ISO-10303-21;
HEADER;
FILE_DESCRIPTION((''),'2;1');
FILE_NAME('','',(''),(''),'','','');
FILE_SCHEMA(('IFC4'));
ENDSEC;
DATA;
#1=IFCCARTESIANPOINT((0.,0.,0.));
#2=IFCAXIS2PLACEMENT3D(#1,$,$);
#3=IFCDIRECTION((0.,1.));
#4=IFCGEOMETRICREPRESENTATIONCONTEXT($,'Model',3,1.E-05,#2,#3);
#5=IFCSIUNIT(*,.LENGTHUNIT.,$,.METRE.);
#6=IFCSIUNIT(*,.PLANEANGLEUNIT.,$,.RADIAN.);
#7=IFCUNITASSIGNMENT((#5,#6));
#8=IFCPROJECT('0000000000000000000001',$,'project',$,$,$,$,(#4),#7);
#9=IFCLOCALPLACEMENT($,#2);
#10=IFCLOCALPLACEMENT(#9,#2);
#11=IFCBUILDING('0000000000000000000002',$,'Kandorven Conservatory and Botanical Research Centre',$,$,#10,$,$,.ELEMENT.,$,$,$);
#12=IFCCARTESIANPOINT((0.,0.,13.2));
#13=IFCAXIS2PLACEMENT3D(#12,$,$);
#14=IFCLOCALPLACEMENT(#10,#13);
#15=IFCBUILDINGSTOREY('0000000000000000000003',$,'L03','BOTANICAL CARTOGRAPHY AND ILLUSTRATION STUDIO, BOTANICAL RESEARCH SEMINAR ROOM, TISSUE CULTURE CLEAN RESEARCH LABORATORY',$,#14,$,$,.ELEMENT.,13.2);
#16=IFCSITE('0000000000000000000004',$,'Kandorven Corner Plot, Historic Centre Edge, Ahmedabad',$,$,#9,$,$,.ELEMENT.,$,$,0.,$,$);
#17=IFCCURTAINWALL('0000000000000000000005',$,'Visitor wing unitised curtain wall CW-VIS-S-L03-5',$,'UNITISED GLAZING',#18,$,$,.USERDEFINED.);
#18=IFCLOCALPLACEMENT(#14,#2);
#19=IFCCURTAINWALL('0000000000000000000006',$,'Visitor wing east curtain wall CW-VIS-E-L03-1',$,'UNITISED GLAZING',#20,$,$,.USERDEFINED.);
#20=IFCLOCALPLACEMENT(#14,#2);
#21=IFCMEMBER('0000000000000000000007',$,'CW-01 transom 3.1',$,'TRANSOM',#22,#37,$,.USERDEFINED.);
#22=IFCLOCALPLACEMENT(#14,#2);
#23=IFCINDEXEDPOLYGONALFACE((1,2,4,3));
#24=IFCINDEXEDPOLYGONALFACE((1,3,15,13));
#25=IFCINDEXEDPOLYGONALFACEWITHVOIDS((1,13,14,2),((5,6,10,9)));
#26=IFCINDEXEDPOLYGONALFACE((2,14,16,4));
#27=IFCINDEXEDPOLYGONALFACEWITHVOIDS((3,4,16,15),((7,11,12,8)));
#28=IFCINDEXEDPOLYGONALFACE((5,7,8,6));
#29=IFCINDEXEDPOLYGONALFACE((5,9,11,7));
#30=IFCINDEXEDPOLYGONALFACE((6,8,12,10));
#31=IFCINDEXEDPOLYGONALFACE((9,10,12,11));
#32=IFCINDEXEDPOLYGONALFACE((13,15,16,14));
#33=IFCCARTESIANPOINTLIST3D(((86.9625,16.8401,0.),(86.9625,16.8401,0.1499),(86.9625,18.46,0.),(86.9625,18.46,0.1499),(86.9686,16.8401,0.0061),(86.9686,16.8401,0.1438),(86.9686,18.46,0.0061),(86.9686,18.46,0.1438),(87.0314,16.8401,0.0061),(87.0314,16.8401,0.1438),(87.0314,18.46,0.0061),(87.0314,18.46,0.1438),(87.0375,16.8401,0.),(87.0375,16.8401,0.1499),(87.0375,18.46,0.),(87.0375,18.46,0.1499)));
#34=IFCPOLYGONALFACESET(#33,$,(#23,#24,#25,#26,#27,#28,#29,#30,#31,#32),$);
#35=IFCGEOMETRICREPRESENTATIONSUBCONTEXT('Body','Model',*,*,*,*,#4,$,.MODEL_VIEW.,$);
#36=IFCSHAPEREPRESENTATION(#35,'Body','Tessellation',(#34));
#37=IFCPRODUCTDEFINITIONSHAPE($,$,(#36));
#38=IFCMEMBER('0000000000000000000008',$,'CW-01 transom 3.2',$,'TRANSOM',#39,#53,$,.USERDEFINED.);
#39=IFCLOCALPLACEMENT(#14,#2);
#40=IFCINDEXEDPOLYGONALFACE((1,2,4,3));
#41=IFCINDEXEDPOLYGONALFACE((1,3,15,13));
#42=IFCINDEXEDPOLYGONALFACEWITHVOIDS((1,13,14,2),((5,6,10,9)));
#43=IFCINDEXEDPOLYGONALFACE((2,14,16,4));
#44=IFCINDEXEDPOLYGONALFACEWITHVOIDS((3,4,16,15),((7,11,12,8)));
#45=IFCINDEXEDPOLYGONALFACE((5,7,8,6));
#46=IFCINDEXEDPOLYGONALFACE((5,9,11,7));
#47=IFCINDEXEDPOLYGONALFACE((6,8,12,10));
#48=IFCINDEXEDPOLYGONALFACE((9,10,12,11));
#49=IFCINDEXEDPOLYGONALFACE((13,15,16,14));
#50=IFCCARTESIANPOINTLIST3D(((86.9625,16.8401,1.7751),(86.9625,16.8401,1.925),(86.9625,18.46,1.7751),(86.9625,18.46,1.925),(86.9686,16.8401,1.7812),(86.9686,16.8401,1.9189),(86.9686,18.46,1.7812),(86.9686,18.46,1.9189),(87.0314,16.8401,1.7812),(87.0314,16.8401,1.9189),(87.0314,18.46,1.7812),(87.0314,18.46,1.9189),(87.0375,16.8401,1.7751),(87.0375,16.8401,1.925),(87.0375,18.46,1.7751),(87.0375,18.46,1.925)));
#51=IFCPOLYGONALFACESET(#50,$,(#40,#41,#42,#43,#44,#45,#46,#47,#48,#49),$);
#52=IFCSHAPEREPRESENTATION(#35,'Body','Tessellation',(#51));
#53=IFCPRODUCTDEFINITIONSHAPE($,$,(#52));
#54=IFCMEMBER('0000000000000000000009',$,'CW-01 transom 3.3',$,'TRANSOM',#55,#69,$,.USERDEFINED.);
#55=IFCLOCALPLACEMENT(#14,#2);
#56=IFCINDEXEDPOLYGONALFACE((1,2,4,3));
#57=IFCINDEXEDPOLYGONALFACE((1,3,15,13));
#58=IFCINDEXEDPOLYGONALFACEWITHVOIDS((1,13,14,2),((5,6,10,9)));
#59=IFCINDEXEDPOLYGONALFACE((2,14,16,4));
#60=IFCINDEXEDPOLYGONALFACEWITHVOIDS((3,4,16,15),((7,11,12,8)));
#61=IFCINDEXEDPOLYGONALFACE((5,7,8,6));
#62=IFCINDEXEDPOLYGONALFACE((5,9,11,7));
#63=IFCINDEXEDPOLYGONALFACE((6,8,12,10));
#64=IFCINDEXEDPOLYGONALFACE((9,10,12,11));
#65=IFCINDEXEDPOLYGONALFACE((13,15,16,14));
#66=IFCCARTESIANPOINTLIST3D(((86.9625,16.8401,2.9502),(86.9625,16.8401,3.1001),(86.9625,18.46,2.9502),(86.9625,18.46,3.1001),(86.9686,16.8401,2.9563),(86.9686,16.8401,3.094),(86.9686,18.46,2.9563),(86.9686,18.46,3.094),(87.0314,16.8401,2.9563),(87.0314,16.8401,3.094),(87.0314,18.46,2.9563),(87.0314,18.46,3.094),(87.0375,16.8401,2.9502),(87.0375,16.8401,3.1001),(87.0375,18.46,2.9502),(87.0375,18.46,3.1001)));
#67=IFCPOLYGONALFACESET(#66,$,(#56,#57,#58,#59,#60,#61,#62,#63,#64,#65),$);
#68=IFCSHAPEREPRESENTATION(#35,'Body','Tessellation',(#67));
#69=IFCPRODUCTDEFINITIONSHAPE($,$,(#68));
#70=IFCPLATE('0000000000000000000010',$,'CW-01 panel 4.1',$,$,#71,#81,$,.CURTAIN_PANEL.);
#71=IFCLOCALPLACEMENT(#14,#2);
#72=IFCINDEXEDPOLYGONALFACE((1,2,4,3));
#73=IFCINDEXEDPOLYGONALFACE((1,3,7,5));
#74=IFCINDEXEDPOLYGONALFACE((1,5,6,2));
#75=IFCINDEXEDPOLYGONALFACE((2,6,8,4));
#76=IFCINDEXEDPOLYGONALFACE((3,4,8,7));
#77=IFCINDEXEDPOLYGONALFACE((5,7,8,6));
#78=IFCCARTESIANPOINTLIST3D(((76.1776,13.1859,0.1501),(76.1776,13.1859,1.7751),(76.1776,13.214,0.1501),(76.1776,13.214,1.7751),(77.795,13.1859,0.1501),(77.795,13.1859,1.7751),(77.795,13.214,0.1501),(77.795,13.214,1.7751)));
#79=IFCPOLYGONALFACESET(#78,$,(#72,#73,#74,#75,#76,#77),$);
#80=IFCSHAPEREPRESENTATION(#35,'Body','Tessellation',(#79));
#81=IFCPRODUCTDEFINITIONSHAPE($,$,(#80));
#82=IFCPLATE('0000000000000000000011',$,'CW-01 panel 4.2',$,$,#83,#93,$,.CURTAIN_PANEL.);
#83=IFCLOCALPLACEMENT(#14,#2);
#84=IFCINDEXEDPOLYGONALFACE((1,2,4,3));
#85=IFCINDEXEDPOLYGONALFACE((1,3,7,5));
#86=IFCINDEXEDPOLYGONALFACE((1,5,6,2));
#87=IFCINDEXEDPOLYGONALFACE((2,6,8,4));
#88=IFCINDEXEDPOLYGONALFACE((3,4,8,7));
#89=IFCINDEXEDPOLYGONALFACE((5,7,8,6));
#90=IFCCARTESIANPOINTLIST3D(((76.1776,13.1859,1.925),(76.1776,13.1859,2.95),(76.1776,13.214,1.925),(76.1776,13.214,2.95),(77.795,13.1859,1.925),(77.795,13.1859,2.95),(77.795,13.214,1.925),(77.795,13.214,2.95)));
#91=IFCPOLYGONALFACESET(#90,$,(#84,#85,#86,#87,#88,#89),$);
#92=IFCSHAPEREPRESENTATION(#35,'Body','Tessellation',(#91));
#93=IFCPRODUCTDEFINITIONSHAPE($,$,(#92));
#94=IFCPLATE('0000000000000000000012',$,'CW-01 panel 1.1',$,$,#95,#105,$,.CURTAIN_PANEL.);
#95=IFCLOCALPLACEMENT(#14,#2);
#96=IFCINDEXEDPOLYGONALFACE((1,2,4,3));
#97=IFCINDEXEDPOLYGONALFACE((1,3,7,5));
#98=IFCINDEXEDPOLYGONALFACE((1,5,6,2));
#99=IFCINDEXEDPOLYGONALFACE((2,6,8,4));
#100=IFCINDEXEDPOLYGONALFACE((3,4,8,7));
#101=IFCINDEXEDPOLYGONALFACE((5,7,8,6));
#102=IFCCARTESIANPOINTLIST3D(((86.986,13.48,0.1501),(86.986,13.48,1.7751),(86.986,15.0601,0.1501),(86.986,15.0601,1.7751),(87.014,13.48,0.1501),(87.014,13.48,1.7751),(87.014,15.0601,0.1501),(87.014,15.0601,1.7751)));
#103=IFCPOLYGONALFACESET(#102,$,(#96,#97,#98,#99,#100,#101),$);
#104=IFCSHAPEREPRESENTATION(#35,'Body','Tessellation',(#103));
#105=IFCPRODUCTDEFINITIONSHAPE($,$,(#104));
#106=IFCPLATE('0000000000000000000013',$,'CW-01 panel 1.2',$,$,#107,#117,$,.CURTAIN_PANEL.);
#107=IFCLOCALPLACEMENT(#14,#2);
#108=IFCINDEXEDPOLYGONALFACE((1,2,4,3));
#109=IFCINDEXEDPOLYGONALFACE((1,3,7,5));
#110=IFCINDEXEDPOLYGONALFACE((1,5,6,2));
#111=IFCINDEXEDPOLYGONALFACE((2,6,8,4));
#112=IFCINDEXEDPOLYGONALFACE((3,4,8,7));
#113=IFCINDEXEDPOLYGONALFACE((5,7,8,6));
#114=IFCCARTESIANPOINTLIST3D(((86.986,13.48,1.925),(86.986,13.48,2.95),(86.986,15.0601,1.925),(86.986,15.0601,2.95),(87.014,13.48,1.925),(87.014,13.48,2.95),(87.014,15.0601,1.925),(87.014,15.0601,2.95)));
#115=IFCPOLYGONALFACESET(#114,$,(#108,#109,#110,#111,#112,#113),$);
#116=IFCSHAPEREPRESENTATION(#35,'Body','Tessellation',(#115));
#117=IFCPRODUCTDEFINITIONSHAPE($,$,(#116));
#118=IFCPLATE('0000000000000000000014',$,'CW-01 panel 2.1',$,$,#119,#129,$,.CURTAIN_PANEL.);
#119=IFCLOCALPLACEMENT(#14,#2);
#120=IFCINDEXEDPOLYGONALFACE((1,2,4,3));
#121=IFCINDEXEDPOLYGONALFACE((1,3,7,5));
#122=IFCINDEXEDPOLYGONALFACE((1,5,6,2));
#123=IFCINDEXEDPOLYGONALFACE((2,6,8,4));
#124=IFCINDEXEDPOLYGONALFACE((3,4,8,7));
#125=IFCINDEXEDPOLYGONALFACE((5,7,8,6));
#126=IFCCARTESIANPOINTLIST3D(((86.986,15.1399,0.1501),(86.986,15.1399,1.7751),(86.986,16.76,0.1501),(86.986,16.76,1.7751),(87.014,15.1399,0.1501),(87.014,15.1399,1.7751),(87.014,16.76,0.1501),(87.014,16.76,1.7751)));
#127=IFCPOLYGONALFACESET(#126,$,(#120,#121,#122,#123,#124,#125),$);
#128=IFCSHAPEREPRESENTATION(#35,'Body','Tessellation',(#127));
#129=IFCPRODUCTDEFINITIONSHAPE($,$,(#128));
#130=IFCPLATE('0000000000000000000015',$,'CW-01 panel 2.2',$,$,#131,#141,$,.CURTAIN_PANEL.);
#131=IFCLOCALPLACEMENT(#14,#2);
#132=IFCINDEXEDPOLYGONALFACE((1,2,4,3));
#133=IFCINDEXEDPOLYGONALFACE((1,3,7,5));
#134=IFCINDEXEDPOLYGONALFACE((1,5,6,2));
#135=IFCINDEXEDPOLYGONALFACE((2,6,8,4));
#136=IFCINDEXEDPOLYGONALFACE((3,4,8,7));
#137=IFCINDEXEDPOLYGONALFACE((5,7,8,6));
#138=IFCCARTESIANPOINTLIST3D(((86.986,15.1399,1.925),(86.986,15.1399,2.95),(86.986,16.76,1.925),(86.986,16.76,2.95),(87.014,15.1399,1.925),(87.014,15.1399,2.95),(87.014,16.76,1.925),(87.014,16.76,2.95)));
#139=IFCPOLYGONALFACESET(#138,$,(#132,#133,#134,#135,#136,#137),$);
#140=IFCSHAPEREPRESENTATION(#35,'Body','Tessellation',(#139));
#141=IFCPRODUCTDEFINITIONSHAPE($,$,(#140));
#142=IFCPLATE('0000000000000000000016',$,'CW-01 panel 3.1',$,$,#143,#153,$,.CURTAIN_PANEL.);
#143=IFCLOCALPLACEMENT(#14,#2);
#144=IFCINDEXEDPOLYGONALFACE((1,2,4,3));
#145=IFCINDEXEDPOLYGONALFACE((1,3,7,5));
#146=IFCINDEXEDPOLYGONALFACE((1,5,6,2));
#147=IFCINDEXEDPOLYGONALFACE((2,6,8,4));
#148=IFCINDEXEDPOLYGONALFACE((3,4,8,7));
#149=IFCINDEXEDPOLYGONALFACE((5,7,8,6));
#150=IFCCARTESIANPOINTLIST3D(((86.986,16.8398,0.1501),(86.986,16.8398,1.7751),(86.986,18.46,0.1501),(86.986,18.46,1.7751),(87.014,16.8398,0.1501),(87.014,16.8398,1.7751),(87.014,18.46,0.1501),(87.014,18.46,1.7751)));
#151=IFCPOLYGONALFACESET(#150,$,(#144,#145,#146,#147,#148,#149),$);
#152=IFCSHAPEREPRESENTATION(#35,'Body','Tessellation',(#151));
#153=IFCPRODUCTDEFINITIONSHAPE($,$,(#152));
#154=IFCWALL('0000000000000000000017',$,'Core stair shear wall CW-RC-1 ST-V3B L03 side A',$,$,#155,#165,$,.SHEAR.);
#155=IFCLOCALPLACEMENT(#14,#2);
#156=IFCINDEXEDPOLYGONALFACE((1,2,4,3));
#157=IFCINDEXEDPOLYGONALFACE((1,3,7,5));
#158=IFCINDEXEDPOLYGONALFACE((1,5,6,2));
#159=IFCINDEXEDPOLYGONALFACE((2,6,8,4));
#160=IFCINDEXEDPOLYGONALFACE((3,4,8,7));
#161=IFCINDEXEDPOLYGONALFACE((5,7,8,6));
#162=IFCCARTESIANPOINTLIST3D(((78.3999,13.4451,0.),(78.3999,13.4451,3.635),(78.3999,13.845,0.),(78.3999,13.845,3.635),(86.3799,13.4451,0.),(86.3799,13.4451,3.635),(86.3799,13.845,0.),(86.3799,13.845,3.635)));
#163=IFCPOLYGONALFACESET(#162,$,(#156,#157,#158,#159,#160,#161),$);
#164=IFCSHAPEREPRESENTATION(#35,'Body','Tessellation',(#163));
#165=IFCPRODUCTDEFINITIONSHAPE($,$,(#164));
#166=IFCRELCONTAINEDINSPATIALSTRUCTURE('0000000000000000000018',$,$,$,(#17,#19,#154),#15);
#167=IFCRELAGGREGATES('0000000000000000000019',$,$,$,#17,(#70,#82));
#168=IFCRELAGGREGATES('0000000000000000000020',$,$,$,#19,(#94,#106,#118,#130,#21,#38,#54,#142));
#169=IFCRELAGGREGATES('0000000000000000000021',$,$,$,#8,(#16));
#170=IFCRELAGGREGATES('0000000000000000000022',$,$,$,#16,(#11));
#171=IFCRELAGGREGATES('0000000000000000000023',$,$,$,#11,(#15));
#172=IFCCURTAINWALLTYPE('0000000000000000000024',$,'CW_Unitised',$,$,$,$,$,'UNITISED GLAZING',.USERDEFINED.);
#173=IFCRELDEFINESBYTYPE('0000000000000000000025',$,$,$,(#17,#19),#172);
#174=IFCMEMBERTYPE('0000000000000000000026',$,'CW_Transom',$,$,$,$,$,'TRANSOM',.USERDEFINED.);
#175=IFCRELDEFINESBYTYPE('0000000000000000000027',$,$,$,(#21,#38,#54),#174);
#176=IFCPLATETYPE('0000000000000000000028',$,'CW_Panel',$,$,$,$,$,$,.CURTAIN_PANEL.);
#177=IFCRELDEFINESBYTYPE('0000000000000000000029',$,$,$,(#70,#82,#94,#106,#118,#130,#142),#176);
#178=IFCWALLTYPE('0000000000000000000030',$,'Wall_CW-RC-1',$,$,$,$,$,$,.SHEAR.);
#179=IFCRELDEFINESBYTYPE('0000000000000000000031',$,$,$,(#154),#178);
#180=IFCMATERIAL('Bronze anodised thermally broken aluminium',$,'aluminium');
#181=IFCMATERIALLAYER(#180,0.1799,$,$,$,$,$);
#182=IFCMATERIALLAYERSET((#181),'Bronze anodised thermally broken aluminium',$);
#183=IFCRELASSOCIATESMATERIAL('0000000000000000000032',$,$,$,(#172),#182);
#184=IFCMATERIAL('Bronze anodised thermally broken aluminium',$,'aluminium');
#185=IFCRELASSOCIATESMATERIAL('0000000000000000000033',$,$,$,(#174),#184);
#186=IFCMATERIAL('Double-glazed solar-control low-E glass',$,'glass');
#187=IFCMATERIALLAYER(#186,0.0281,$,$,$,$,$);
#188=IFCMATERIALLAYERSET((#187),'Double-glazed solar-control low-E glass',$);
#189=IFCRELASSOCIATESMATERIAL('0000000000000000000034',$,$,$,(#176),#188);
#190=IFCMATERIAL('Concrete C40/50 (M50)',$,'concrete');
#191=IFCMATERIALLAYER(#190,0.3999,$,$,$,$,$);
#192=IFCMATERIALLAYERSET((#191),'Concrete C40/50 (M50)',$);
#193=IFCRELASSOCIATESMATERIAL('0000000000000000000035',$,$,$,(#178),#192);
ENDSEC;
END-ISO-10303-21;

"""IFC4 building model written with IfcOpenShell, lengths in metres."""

from ifc_helpers import new_model, si_unit, direction, frame, frame_2d, origin, origin_2d, place, context, subcontext, project, spatial, rectangle, hollow_rectangle, extrude, material, layer, layer_set, material_profile, profile_set, type_object, element, aggregate, save


model = new_model("IFC4")

# Units and contexts
model_context = context("Model", 3, precision=1e-05, world=origin(), true_north=direction((0.0, 1.0)))
body_context = subcontext(model_context, "Body", "Model", "MODEL_VIEW")
ifc_project = project(units=[si_unit("LENGTHUNIT", "METRE"), si_unit("PLANEANGLEUNIT", "RADIAN")], contexts=[model_context])

# Site, building, storey
site_placement = place(None, origin())
site = spatial("IfcSite", under=ifc_project, at=site_placement, Name="Kandorven Corner Plot, Historic Centre Edge, Ahmedabad", CompositionType="ELEMENT", RefElevation=0.0)
building_placement = place(site_placement, origin())
building = spatial("IfcBuilding", under=site, at=building_placement, Name="Kandorven Conservatory and Botanical Research Centre", CompositionType="ELEMENT")
storey_placement = place(building_placement, frame((0.0, 0.0, 13.2)))
storey = spatial("IfcBuildingStorey", under=building, at=storey_placement, Name="L03", Description="BOTANICAL CARTOGRAPHY AND ILLUSTRATION STUDIO, BOTANICAL RESEARCH SEMINAR ROOM, TISSUE CULTURE CLEAN RESEARCH LABORATORY", CompositionType="ELEMENT", Elevation=13.2)

# Curtain walls
ifc_material_1 = material(Name="Bronze anodised thermally broken aluminium", Category="aluminium")
ifc_layer_1 = layer(ifc_material_1, 0.1799)
ifc_layer_set_1 = layer_set([ifc_layer_1], Name="Bronze anodised thermally broken aluminium")
curtain_wall_type = type_object("IfcCurtainWallType", Name="CW_Unitised", ElementType="UNITISED GLAZING", PredefinedType="USERDEFINED", material=ifc_layer_set_1)
curtain_wall_1_placement = place(storey_placement, origin())
curtain_wall_1 = element("IfcCurtainWall", 1, at=curtain_wall_1_placement, inside=storey, type_object=curtain_wall_type, Name="Visitor wing unitised curtain wall CW-VIS-S-L03-5", ObjectType="UNITISED GLAZING", PredefinedType="USERDEFINED")
curtain_wall_2_placement = place(storey_placement, origin())
curtain_wall_2 = element("IfcCurtainWall", 2, at=curtain_wall_2_placement, inside=storey, type_object=curtain_wall_type, Name="Visitor wing east curtain wall CW-VIS-E-L03-1", ObjectType="UNITISED GLAZING", PredefinedType="USERDEFINED")

# Members
ifc_material_2 = material(Name="Bronze anodised thermally broken aluminium", Category="aluminium")
ifc_material_profile_1 = material_profile(ifc_material_2, hollow_rectangle(XDim=0.075, YDim=0.1499, WallThickness=0.0061, at=origin_2d()))
ifc_profile_set_1 = profile_set([ifc_material_profile_1], Name="Bronze anodised thermally broken aluminium")
member_type_1 = type_object("IfcMemberType", Name="CW_Transom", ElementType="TRANSOM", PredefinedType="USERDEFINED", material=ifc_profile_set_1)
member_1_placement = place(storey_placement, frame((87.0, 16.8401, 0.075), z_axis=(0.0, 1.0, 0.0), x_axis=(-1.0, 0.0, 0.0)))
member_1 = element("IfcMember", 3, at=member_1_placement, type_object=member_type_1, Name="CW-01 transom 3.1", ObjectType="TRANSOM", PredefinedType="USERDEFINED", context=body_context, shape_type="SweptSolid", body=[
    extrude(hollow_rectangle(XDim=0.075, YDim=0.1499, WallThickness=0.0061, at=origin_2d()), origin(), (0.0, 0.0, 1.0), 1.6199),
])
member_2_placement = place(storey_placement, frame((87.0, 16.8401, 1.8501), z_axis=(0.0, 1.0, 0.0), x_axis=(-1.0, 0.0, 0.0)))
member_2 = element("IfcMember", 4, at=member_2_placement, type_object=member_type_1, Name="CW-01 transom 3.2", ObjectType="TRANSOM", PredefinedType="USERDEFINED", context=body_context, shape_type="SweptSolid", body=[
    extrude(hollow_rectangle(XDim=0.075, YDim=0.1499, WallThickness=0.0061, at=origin_2d()), origin(), (0.0, 0.0, 1.0), 1.6199),
])
member_3_placement = place(storey_placement, frame((87.0, 16.8401, 3.0251), z_axis=(0.0, 1.0, 0.0), x_axis=(-1.0, 0.0, 0.0)))
member_3 = element("IfcMember", 5, at=member_3_placement, type_object=member_type_1, Name="CW-01 transom 3.3", ObjectType="TRANSOM", PredefinedType="USERDEFINED", context=body_context, shape_type="SweptSolid", body=[
    extrude(hollow_rectangle(XDim=0.075, YDim=0.1499, WallThickness=0.0061, at=origin_2d()), origin(), (0.0, 0.0, 1.0), 1.6199),
])

# Plates
ifc_material_3 = material(Name="Double-glazed solar-control low-E glass", Category="glass")
ifc_layer_2 = layer(ifc_material_3, 0.0281)
ifc_layer_set_2 = layer_set([ifc_layer_2], Name="Double-glazed solar-control low-E glass")
plate_type = type_object("IfcPlateType", Name="CW_Panel", PredefinedType="CURTAIN_PANEL", material=ifc_layer_set_2)
plate_1_placement = place(storey_placement, frame((76.9863, 13.2, 0.1501), z_axis=(0.0, 0.0, 1.0), x_axis=(1.0, 0.0, 0.0)))
plate_1 = element("IfcPlate", 6, at=plate_1_placement, type_object=plate_type, Name="CW-01 panel 4.1", PredefinedType="CURTAIN_PANEL", context=body_context, shape_type="SweptSolid", body=[
    extrude(rectangle(XDim=1.6174, YDim=0.0281, at=origin_2d()), origin(), (0.0, 0.0, 1.0), 1.625),
])
plate_2_placement = place(storey_placement, frame((76.9863, 13.2, 1.925), z_axis=(0.0, 0.0, 1.0), x_axis=(1.0, 0.0, 0.0)))
plate_2 = element("IfcPlate", 7, at=plate_2_placement, type_object=plate_type, Name="CW-01 panel 4.2", PredefinedType="CURTAIN_PANEL", context=body_context, shape_type="SweptSolid", body=[
    extrude(rectangle(XDim=1.6174, YDim=0.0281, at=origin_2d()), origin(), (0.0, 0.0, 1.0), 1.0249),
])
aggregate(curtain_wall_1, [plate_1, plate_2])
plate_3_placement = place(storey_placement, frame((87.0, 14.27, 0.1501), z_axis=(0.0, 0.0, 1.0), x_axis=(0.0, 1.0, 0.0)))
plate_3 = element("IfcPlate", 8, at=plate_3_placement, type_object=plate_type, Name="CW-01 panel 1.1", PredefinedType="CURTAIN_PANEL", context=body_context, shape_type="SweptSolid", body=[
    extrude(rectangle(XDim=1.5801, YDim=0.0281, at=origin_2d()), origin(), (0.0, 0.0, 1.0), 1.625),
])
plate_4_placement = place(storey_placement, frame((87.0, 14.27, 1.925), z_axis=(0.0, 0.0, 1.0), x_axis=(0.0, 1.0, 0.0)))
plate_4 = element("IfcPlate", 9, at=plate_4_placement, type_object=plate_type, Name="CW-01 panel 1.2", PredefinedType="CURTAIN_PANEL", context=body_context, shape_type="SweptSolid", body=[
    extrude(rectangle(XDim=1.5801, YDim=0.0281, at=origin_2d()), origin(), (0.0, 0.0, 1.0), 1.0249),
])
plate_5_placement = place(storey_placement, frame((87.0, 15.95, 0.1501), z_axis=(0.0, 0.0, 1.0), x_axis=(0.0, 1.0, 0.0)))
plate_5 = element("IfcPlate", 10, at=plate_5_placement, type_object=plate_type, Name="CW-01 panel 2.1", PredefinedType="CURTAIN_PANEL", context=body_context, shape_type="SweptSolid", body=[
    extrude(rectangle(XDim=1.6201, YDim=0.0281, at=origin_2d()), origin(), (0.0, 0.0, 1.0), 1.625),
])
plate_6_placement = place(storey_placement, frame((87.0, 15.95, 1.925), z_axis=(0.0, 0.0, 1.0), x_axis=(0.0, 1.0, 0.0)))
plate_6 = element("IfcPlate", 11, at=plate_6_placement, type_object=plate_type, Name="CW-01 panel 2.2", PredefinedType="CURTAIN_PANEL", context=body_context, shape_type="SweptSolid", body=[
    extrude(rectangle(XDim=1.6201, YDim=0.0281, at=origin_2d()), origin(), (0.0, 0.0, 1.0), 1.0249),
])
plate_7_placement = place(storey_placement, frame((87.0, 17.6499, 0.1501), z_axis=(0.0, 0.0, 1.0), x_axis=(0.0, 1.0, 0.0)))
plate_7 = element("IfcPlate", 12, at=plate_7_placement, type_object=plate_type, Name="CW-01 panel 3.1", PredefinedType="CURTAIN_PANEL", context=body_context, shape_type="SweptSolid", body=[
    extrude(rectangle(XDim=1.6201, YDim=0.0281, at=origin_2d()), origin(), (0.0, 0.0, 1.0), 1.625),
])
aggregate(curtain_wall_2, [plate_3, plate_4, plate_5, plate_6, member_1, member_2, member_3, plate_7])

# Wall
ifc_material_4 = material(Name="Concrete C40/50 (M50)", Category="concrete")
ifc_layer_3 = layer(ifc_material_4, 0.3999)
ifc_layer_set_3 = layer_set([ifc_layer_3], Name="Concrete C40/50 (M50)")
wall_type_1 = type_object("IfcWallType", Name="Wall_CW-RC-1", PredefinedType="SHEAR", material=ifc_layer_set_3)
wall_1_placement = place(storey_placement, frame((78.3999, 13.645, 0.0), z_axis=(0.0, 0.0, 1.0), x_axis=(1.0, 0.0, 0.0)))
element("IfcWall", 13, at=wall_1_placement, inside=storey, type_object=wall_type_1, Name="Core stair shear wall CW-RC-1 ST-V3B L03 side A", PredefinedType="SHEAR", context=body_context, shape_type="SweptSolid", body=[
    extrude(rectangle(XDim=7.98, YDim=0.3999, at=frame_2d((3.99, 0.0))), origin(), (0.0, 0.0, 1.0), 3.635),
])

save(model, "model.ifc")
